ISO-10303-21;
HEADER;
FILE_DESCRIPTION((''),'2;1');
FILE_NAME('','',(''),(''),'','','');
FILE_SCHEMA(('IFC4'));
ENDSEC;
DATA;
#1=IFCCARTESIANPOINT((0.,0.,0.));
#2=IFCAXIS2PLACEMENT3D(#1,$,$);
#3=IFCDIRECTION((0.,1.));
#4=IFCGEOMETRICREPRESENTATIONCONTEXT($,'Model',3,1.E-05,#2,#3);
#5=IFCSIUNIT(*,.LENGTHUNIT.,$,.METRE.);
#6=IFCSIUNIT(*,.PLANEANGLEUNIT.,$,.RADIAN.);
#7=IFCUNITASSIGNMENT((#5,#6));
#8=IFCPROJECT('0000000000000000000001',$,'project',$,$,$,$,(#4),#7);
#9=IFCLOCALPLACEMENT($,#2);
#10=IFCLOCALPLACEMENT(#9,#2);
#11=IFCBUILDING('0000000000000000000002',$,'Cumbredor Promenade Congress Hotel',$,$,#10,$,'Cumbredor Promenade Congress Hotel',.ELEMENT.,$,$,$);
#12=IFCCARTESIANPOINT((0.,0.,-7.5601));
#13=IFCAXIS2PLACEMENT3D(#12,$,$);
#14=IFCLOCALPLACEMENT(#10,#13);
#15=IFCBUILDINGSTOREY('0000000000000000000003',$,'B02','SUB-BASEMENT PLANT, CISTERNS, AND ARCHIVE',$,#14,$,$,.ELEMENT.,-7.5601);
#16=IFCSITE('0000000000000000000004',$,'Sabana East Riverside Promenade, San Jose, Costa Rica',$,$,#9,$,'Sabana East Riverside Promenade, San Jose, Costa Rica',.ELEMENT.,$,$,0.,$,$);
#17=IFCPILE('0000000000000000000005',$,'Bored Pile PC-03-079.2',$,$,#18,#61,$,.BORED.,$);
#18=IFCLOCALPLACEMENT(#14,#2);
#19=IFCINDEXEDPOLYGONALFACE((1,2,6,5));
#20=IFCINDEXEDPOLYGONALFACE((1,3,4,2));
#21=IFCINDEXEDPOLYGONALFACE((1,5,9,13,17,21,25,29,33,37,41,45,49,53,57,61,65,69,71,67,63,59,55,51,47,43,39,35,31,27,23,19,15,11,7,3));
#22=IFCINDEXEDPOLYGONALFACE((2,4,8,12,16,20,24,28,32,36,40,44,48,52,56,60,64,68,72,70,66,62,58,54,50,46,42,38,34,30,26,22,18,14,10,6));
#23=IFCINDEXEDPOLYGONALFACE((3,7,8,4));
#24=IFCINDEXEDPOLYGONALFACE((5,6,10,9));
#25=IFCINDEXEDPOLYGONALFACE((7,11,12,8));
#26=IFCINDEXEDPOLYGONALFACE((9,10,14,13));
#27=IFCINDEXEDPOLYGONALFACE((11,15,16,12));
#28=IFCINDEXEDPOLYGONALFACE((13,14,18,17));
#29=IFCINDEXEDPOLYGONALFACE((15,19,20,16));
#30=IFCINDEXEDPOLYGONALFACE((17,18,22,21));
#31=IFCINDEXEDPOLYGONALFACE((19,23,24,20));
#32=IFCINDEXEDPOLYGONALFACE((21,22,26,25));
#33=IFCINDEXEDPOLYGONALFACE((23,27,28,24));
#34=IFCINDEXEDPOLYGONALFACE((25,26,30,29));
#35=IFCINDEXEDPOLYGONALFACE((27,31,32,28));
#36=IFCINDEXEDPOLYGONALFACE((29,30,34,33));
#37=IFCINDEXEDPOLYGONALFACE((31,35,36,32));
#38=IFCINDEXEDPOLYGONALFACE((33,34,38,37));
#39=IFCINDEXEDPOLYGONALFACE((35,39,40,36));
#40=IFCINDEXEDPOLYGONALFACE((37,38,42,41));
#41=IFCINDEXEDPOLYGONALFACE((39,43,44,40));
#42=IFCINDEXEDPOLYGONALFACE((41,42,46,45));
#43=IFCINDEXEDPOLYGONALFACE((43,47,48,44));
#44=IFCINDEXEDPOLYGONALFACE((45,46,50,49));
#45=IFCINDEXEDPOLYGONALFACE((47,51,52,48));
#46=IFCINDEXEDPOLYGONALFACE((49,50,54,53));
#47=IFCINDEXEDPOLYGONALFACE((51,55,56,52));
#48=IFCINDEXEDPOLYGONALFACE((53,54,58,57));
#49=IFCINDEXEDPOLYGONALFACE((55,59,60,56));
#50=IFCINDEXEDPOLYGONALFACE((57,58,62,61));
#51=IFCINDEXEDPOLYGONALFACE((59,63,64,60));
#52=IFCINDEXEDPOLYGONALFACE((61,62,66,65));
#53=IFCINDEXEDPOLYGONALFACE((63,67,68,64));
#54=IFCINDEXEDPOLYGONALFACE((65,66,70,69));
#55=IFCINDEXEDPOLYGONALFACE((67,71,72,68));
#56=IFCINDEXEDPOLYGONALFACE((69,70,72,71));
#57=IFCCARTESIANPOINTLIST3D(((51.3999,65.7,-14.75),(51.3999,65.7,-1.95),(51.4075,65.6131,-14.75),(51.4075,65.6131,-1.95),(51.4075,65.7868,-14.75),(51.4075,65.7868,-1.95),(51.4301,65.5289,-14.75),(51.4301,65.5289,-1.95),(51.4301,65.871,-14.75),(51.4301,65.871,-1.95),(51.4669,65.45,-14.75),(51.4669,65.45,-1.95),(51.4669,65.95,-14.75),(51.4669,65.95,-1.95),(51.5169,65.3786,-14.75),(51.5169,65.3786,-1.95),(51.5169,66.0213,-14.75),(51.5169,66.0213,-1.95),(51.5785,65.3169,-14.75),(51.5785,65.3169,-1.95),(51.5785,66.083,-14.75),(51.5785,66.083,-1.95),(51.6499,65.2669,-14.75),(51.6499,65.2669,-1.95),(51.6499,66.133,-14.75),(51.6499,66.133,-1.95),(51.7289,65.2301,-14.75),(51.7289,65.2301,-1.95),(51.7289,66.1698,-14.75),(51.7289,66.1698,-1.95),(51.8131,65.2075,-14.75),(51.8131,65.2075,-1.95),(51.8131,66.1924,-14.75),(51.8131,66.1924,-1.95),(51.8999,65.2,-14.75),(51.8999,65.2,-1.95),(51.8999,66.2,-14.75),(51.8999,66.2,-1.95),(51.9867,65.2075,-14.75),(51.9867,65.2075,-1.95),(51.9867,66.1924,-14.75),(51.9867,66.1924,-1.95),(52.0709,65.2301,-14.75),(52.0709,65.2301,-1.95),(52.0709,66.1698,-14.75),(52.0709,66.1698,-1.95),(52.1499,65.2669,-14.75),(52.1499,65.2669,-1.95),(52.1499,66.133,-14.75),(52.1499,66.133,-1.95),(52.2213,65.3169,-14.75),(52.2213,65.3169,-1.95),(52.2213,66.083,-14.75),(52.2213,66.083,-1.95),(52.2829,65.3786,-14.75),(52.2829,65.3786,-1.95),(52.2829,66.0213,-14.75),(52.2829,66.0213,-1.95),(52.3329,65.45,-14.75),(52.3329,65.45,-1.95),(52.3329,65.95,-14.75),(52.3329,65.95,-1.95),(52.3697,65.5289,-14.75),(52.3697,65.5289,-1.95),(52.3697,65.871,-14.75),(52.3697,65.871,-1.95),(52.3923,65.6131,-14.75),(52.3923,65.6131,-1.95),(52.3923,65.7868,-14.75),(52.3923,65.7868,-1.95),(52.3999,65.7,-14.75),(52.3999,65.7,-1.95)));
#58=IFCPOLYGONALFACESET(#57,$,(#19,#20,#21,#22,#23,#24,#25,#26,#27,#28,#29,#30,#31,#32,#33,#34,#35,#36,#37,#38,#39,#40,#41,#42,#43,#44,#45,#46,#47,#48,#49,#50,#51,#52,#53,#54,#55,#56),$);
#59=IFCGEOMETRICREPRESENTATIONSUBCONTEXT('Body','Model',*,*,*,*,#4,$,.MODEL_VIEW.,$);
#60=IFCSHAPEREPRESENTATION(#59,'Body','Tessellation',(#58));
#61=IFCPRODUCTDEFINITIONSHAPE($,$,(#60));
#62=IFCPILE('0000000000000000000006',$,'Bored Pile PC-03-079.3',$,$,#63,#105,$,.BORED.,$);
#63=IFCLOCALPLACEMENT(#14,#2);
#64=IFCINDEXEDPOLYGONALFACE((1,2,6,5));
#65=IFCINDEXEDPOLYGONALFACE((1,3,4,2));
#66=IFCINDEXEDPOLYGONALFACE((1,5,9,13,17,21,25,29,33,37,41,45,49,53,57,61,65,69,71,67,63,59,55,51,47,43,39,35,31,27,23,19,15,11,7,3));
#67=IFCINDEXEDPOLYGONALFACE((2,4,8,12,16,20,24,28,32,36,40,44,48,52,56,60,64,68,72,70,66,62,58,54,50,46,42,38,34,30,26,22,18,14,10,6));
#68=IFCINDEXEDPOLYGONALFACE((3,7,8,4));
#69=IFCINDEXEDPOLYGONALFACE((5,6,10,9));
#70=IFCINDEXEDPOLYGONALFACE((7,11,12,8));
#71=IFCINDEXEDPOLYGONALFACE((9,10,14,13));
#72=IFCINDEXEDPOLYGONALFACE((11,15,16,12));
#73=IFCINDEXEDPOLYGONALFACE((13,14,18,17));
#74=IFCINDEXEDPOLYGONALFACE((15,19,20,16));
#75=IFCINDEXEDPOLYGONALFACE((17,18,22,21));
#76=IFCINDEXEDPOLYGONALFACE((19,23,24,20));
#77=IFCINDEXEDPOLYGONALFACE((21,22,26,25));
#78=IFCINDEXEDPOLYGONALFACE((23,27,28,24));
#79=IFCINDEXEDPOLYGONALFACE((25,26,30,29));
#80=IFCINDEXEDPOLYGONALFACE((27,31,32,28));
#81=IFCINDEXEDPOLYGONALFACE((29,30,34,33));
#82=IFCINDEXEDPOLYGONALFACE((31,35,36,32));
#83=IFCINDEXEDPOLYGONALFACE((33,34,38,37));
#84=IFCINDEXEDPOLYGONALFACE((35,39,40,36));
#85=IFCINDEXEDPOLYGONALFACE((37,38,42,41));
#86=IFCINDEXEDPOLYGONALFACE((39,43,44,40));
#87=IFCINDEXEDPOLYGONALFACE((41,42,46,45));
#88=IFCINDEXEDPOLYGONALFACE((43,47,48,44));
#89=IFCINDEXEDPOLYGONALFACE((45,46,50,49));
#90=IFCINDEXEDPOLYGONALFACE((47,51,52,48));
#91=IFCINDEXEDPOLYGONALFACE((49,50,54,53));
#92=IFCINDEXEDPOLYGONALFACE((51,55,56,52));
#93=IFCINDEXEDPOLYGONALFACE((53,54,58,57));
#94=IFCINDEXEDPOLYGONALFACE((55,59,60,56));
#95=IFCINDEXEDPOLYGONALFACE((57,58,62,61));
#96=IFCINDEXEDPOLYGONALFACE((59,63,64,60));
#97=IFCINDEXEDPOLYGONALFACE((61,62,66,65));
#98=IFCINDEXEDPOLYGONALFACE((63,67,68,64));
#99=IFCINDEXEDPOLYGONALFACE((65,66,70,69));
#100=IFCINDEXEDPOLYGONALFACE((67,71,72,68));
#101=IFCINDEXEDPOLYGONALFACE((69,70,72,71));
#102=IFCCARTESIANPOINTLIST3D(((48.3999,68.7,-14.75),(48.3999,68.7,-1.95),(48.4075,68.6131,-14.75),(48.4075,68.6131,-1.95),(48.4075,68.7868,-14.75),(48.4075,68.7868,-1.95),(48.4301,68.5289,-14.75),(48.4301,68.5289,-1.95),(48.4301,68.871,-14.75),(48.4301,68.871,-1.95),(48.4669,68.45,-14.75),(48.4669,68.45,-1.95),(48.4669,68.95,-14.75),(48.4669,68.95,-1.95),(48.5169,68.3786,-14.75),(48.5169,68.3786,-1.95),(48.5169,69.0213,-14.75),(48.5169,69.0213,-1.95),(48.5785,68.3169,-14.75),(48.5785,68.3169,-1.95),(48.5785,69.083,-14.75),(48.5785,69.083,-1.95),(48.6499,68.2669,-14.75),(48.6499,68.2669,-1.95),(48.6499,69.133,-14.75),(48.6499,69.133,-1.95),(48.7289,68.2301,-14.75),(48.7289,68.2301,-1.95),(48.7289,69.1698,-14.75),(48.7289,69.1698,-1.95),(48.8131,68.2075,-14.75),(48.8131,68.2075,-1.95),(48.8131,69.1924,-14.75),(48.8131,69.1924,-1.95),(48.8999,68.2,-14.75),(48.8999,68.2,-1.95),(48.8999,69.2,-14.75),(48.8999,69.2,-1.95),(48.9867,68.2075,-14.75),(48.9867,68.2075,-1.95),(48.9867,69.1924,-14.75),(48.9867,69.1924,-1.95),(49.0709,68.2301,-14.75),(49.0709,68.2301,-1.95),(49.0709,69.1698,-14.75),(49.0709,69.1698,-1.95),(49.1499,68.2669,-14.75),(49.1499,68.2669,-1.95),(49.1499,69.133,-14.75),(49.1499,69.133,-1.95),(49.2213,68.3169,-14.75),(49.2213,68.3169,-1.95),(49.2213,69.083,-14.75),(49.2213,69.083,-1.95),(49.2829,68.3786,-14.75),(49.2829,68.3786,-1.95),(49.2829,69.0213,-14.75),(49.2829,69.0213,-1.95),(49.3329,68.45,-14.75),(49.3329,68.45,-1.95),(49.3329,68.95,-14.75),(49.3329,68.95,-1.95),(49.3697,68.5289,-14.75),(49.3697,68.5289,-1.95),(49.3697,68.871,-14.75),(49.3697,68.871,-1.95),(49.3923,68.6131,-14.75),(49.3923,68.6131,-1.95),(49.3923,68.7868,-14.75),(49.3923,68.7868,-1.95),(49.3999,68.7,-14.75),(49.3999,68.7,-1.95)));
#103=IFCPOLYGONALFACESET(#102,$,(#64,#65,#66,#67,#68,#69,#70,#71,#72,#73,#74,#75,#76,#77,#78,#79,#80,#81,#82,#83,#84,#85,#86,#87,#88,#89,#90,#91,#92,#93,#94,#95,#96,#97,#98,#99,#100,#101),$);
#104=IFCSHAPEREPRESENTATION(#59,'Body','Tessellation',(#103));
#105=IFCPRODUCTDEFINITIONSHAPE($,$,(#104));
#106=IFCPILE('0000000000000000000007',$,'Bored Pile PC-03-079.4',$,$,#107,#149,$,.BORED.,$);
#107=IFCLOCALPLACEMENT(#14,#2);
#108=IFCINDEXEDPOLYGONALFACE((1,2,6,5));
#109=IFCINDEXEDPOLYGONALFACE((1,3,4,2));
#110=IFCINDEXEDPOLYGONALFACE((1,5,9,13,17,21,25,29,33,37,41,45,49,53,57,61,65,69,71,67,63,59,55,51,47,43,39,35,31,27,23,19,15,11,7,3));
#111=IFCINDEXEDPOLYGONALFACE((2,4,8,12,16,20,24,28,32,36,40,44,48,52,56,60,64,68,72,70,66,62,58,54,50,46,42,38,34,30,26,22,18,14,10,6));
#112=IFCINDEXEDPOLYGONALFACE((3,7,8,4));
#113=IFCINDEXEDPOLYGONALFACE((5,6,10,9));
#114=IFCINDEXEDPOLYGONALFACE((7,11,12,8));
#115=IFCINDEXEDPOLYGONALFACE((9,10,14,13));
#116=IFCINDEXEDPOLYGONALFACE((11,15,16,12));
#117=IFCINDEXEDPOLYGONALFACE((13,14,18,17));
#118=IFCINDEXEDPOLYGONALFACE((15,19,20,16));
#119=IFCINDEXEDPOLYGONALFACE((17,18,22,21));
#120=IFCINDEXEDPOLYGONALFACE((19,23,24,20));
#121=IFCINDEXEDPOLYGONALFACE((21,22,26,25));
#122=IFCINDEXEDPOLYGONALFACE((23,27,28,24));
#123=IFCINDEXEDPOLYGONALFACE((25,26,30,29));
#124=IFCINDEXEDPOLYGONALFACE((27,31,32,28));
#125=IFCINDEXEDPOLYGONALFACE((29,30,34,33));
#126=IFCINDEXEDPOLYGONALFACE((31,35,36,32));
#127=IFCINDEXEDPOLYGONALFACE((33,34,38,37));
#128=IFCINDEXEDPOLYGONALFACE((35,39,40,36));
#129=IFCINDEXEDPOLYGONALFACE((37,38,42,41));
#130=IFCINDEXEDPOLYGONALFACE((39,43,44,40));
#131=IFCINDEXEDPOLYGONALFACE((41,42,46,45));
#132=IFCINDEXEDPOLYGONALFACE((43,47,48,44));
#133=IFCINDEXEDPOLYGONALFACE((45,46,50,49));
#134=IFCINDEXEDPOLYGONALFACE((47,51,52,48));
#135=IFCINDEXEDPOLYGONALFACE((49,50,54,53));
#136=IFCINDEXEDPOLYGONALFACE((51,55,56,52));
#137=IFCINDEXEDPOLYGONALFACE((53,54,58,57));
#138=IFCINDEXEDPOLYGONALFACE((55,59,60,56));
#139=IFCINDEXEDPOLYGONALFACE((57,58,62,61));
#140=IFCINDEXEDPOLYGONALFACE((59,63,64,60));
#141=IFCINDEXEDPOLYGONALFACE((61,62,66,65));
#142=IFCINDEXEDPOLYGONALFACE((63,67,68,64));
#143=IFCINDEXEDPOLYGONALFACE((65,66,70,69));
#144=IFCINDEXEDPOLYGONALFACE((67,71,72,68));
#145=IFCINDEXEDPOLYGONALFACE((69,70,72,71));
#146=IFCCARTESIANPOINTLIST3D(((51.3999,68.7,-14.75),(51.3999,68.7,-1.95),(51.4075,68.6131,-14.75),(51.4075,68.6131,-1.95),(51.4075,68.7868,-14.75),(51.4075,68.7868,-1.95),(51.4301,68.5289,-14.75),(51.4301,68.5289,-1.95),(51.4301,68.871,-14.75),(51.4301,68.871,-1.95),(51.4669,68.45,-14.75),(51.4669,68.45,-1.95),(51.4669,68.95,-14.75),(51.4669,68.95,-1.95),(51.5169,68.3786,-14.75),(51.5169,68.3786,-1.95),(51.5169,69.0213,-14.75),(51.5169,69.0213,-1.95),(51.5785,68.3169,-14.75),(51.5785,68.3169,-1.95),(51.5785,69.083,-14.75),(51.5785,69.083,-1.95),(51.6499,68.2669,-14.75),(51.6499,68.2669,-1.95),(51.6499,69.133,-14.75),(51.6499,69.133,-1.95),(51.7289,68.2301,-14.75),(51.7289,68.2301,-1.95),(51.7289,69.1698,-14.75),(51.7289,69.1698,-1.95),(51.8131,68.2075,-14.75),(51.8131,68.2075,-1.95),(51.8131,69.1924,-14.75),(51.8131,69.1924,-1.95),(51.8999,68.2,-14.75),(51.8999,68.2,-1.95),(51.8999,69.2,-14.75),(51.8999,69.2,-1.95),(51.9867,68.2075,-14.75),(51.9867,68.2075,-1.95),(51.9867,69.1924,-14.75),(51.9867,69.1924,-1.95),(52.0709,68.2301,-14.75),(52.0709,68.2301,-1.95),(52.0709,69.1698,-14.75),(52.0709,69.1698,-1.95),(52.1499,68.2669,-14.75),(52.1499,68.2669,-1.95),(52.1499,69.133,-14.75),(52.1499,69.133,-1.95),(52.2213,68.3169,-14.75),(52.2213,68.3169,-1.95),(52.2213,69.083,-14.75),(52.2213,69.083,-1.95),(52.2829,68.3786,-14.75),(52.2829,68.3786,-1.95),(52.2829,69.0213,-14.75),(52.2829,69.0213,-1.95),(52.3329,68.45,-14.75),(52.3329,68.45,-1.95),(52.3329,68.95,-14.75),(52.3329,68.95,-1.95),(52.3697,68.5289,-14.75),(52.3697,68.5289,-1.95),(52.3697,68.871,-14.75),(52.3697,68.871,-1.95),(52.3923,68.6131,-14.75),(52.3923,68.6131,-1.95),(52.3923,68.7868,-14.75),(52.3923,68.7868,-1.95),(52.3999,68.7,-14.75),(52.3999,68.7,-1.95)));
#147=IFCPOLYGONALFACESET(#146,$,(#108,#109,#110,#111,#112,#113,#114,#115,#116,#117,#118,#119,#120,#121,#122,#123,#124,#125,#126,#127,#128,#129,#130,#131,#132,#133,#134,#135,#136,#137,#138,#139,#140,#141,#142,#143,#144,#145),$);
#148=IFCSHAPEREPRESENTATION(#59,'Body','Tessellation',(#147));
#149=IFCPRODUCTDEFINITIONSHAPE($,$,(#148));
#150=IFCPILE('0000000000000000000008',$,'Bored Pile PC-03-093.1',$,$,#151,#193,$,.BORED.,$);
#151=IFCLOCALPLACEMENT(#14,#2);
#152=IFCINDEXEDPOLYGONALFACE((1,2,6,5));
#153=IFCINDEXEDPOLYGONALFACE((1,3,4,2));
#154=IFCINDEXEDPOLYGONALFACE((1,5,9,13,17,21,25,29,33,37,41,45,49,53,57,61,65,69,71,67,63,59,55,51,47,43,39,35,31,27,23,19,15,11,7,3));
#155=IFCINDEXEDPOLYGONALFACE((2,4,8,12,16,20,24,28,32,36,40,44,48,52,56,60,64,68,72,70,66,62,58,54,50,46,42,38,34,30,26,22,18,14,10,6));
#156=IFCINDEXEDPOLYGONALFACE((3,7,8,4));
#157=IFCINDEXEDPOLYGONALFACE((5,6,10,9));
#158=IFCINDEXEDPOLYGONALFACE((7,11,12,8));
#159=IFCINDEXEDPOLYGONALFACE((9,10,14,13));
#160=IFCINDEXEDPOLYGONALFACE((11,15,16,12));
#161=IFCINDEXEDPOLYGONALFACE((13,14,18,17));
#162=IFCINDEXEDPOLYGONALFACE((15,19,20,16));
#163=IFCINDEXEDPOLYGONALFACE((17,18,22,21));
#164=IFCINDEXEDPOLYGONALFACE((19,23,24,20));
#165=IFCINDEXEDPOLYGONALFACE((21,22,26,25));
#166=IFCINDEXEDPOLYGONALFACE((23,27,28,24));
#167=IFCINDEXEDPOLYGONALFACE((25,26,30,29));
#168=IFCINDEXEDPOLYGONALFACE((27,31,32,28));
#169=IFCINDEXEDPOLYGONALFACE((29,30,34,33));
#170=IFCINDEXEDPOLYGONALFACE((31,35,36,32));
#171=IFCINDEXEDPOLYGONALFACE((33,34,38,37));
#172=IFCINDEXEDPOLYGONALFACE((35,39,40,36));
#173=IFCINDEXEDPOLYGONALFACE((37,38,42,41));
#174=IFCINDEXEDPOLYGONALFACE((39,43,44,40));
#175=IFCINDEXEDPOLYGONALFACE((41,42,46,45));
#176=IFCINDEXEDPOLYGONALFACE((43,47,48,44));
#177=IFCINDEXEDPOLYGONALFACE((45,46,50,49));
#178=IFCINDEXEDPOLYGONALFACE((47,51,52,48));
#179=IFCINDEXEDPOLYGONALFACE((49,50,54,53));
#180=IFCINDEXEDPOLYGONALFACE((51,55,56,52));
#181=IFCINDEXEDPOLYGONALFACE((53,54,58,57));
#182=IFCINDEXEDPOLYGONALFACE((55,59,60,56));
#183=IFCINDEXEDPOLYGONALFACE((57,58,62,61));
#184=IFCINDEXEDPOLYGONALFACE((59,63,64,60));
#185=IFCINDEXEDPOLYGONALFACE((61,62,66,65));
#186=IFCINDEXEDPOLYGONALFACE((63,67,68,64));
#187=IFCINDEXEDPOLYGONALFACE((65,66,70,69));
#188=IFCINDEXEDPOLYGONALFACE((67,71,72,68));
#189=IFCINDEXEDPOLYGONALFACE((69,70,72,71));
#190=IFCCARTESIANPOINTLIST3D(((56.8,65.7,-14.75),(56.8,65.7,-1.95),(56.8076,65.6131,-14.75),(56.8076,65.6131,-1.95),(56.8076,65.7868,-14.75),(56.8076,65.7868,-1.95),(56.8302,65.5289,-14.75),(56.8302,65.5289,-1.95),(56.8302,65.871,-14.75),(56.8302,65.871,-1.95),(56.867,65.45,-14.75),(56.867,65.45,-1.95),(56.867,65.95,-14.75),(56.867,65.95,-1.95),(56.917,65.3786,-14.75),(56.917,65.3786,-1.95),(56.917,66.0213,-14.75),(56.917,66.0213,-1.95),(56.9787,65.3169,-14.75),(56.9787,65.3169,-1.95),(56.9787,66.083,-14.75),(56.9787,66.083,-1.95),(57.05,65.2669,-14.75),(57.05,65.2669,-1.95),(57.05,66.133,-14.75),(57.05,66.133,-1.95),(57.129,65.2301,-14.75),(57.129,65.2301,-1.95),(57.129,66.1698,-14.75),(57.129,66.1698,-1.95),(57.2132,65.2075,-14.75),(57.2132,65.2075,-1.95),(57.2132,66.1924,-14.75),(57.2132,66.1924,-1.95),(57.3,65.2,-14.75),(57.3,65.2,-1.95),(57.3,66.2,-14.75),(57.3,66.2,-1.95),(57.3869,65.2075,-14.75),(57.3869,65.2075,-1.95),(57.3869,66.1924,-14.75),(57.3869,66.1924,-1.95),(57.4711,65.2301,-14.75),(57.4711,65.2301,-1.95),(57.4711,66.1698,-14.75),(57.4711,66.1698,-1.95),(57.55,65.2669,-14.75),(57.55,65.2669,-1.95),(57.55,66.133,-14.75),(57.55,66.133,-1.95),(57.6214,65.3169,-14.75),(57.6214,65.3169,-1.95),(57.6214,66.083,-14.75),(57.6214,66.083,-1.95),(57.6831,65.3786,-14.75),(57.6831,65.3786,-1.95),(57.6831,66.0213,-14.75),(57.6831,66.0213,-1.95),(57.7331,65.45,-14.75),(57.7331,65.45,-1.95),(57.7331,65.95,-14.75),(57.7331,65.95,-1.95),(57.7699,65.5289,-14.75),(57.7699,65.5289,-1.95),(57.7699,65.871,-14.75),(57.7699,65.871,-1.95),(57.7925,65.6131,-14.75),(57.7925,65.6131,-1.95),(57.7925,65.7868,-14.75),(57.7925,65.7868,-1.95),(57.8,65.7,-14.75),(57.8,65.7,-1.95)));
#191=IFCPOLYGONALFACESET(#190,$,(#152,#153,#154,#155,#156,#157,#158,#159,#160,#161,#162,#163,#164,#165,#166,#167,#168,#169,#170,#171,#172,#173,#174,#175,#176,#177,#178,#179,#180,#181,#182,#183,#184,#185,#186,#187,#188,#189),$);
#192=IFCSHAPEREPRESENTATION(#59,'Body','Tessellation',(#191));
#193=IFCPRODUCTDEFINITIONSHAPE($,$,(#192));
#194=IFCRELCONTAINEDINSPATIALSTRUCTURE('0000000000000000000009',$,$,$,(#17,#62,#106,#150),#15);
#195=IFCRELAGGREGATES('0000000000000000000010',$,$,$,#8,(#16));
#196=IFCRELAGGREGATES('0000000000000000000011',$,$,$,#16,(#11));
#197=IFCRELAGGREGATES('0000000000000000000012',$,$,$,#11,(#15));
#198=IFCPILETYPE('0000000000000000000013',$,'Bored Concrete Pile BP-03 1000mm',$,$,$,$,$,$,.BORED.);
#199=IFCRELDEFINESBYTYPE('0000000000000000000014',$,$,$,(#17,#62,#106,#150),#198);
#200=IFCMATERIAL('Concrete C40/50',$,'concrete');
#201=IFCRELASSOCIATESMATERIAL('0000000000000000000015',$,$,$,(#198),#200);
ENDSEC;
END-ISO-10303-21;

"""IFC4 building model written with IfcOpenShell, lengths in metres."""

from ifc_helpers import new_model, si_unit, direction, frame, origin, origin_2d, place, context, subcontext, project, spatial, circle, extrude, material, material_profile, profile_set, type_object, element, save


model = new_model("IFC4")

# Units and contexts
model_context = context("Model", 3, precision=1e-05, world=origin(), true_north=direction((0.0, 1.0)))
body_context = subcontext(model_context, "Body", "Model", "MODEL_VIEW")
ifc_project = project(units=[si_unit("LENGTHUNIT", "METRE"), si_unit("PLANEANGLEUNIT", "RADIAN")], contexts=[model_context])

# Site, building, storey
site_placement = place(None, origin())
site = spatial("IfcSite", under=ifc_project, at=site_placement, Name="Sabana East Riverside Promenade, San Jose, Costa Rica", LongName="Sabana East Riverside Promenade, San Jose, Costa Rica", CompositionType="ELEMENT", RefElevation=0.0)
building_placement = place(site_placement, origin())
building = spatial("IfcBuilding", under=site, at=building_placement, Name="Cumbredor Promenade Congress Hotel", LongName="Cumbredor Promenade Congress Hotel", CompositionType="ELEMENT")
storey_placement = place(building_placement, frame((0.0, 0.0, -7.5601)))
storey = spatial("IfcBuildingStorey", under=building, at=storey_placement, Name="B02", Description="SUB-BASEMENT PLANT, CISTERNS, AND ARCHIVE", CompositionType="ELEMENT", Elevation=-7.5601)

# Piles
ifc_material_1 = material(Name="Concrete C40/50", Category="concrete")
ifc_material_profile_1 = material_profile(ifc_material_1, circle(Radius=0.5, at=origin_2d()), Name="PILE D1000")
ifc_profile_set_1 = profile_set([ifc_material_profile_1], Name="Concrete C40/50")
pile_type_1 = type_object("IfcPileType", Name="Bored Concrete Pile BP-03 1000mm", PredefinedType="BORED", material=ifc_profile_set_1)
for number, where, z_axis, x_axis, name in (
    (1, (51.8999, 65.7, -1.95), (0.0, 0.0, -1.0), (1.0, 0.0, 0.0), "Bored Pile PC-03-079.2"),
    (2, (48.8999, 68.7, -1.95), (0.0, 0.0, -1.0), (1.0, 0.0, 0.0), "Bored Pile PC-03-079.3"),
    (3, (51.8999, 68.7, -1.95), (0.0, 0.0, -1.0), (1.0, 0.0, 0.0), "Bored Pile PC-03-079.4"),
    (4, (57.3, 65.7, -1.95), (0.0, 0.0, -1.0), (1.0, 0.0, 0.0), "Bored Pile PC-03-093.1"),
):
    element("IfcPile", number, at=place(storey_placement, frame(where, z_axis=z_axis, x_axis=x_axis)), inside=storey, type_object=pile_type_1, Name=name, PredefinedType="BORED", context=body_context, shape_type="SweptSolid", body=[
        extrude(circle(Radius=0.5, at=origin_2d()), origin(), (0.0, 0.0, 1.0), 12.8),
    ])

save(model, "model.ifc")
